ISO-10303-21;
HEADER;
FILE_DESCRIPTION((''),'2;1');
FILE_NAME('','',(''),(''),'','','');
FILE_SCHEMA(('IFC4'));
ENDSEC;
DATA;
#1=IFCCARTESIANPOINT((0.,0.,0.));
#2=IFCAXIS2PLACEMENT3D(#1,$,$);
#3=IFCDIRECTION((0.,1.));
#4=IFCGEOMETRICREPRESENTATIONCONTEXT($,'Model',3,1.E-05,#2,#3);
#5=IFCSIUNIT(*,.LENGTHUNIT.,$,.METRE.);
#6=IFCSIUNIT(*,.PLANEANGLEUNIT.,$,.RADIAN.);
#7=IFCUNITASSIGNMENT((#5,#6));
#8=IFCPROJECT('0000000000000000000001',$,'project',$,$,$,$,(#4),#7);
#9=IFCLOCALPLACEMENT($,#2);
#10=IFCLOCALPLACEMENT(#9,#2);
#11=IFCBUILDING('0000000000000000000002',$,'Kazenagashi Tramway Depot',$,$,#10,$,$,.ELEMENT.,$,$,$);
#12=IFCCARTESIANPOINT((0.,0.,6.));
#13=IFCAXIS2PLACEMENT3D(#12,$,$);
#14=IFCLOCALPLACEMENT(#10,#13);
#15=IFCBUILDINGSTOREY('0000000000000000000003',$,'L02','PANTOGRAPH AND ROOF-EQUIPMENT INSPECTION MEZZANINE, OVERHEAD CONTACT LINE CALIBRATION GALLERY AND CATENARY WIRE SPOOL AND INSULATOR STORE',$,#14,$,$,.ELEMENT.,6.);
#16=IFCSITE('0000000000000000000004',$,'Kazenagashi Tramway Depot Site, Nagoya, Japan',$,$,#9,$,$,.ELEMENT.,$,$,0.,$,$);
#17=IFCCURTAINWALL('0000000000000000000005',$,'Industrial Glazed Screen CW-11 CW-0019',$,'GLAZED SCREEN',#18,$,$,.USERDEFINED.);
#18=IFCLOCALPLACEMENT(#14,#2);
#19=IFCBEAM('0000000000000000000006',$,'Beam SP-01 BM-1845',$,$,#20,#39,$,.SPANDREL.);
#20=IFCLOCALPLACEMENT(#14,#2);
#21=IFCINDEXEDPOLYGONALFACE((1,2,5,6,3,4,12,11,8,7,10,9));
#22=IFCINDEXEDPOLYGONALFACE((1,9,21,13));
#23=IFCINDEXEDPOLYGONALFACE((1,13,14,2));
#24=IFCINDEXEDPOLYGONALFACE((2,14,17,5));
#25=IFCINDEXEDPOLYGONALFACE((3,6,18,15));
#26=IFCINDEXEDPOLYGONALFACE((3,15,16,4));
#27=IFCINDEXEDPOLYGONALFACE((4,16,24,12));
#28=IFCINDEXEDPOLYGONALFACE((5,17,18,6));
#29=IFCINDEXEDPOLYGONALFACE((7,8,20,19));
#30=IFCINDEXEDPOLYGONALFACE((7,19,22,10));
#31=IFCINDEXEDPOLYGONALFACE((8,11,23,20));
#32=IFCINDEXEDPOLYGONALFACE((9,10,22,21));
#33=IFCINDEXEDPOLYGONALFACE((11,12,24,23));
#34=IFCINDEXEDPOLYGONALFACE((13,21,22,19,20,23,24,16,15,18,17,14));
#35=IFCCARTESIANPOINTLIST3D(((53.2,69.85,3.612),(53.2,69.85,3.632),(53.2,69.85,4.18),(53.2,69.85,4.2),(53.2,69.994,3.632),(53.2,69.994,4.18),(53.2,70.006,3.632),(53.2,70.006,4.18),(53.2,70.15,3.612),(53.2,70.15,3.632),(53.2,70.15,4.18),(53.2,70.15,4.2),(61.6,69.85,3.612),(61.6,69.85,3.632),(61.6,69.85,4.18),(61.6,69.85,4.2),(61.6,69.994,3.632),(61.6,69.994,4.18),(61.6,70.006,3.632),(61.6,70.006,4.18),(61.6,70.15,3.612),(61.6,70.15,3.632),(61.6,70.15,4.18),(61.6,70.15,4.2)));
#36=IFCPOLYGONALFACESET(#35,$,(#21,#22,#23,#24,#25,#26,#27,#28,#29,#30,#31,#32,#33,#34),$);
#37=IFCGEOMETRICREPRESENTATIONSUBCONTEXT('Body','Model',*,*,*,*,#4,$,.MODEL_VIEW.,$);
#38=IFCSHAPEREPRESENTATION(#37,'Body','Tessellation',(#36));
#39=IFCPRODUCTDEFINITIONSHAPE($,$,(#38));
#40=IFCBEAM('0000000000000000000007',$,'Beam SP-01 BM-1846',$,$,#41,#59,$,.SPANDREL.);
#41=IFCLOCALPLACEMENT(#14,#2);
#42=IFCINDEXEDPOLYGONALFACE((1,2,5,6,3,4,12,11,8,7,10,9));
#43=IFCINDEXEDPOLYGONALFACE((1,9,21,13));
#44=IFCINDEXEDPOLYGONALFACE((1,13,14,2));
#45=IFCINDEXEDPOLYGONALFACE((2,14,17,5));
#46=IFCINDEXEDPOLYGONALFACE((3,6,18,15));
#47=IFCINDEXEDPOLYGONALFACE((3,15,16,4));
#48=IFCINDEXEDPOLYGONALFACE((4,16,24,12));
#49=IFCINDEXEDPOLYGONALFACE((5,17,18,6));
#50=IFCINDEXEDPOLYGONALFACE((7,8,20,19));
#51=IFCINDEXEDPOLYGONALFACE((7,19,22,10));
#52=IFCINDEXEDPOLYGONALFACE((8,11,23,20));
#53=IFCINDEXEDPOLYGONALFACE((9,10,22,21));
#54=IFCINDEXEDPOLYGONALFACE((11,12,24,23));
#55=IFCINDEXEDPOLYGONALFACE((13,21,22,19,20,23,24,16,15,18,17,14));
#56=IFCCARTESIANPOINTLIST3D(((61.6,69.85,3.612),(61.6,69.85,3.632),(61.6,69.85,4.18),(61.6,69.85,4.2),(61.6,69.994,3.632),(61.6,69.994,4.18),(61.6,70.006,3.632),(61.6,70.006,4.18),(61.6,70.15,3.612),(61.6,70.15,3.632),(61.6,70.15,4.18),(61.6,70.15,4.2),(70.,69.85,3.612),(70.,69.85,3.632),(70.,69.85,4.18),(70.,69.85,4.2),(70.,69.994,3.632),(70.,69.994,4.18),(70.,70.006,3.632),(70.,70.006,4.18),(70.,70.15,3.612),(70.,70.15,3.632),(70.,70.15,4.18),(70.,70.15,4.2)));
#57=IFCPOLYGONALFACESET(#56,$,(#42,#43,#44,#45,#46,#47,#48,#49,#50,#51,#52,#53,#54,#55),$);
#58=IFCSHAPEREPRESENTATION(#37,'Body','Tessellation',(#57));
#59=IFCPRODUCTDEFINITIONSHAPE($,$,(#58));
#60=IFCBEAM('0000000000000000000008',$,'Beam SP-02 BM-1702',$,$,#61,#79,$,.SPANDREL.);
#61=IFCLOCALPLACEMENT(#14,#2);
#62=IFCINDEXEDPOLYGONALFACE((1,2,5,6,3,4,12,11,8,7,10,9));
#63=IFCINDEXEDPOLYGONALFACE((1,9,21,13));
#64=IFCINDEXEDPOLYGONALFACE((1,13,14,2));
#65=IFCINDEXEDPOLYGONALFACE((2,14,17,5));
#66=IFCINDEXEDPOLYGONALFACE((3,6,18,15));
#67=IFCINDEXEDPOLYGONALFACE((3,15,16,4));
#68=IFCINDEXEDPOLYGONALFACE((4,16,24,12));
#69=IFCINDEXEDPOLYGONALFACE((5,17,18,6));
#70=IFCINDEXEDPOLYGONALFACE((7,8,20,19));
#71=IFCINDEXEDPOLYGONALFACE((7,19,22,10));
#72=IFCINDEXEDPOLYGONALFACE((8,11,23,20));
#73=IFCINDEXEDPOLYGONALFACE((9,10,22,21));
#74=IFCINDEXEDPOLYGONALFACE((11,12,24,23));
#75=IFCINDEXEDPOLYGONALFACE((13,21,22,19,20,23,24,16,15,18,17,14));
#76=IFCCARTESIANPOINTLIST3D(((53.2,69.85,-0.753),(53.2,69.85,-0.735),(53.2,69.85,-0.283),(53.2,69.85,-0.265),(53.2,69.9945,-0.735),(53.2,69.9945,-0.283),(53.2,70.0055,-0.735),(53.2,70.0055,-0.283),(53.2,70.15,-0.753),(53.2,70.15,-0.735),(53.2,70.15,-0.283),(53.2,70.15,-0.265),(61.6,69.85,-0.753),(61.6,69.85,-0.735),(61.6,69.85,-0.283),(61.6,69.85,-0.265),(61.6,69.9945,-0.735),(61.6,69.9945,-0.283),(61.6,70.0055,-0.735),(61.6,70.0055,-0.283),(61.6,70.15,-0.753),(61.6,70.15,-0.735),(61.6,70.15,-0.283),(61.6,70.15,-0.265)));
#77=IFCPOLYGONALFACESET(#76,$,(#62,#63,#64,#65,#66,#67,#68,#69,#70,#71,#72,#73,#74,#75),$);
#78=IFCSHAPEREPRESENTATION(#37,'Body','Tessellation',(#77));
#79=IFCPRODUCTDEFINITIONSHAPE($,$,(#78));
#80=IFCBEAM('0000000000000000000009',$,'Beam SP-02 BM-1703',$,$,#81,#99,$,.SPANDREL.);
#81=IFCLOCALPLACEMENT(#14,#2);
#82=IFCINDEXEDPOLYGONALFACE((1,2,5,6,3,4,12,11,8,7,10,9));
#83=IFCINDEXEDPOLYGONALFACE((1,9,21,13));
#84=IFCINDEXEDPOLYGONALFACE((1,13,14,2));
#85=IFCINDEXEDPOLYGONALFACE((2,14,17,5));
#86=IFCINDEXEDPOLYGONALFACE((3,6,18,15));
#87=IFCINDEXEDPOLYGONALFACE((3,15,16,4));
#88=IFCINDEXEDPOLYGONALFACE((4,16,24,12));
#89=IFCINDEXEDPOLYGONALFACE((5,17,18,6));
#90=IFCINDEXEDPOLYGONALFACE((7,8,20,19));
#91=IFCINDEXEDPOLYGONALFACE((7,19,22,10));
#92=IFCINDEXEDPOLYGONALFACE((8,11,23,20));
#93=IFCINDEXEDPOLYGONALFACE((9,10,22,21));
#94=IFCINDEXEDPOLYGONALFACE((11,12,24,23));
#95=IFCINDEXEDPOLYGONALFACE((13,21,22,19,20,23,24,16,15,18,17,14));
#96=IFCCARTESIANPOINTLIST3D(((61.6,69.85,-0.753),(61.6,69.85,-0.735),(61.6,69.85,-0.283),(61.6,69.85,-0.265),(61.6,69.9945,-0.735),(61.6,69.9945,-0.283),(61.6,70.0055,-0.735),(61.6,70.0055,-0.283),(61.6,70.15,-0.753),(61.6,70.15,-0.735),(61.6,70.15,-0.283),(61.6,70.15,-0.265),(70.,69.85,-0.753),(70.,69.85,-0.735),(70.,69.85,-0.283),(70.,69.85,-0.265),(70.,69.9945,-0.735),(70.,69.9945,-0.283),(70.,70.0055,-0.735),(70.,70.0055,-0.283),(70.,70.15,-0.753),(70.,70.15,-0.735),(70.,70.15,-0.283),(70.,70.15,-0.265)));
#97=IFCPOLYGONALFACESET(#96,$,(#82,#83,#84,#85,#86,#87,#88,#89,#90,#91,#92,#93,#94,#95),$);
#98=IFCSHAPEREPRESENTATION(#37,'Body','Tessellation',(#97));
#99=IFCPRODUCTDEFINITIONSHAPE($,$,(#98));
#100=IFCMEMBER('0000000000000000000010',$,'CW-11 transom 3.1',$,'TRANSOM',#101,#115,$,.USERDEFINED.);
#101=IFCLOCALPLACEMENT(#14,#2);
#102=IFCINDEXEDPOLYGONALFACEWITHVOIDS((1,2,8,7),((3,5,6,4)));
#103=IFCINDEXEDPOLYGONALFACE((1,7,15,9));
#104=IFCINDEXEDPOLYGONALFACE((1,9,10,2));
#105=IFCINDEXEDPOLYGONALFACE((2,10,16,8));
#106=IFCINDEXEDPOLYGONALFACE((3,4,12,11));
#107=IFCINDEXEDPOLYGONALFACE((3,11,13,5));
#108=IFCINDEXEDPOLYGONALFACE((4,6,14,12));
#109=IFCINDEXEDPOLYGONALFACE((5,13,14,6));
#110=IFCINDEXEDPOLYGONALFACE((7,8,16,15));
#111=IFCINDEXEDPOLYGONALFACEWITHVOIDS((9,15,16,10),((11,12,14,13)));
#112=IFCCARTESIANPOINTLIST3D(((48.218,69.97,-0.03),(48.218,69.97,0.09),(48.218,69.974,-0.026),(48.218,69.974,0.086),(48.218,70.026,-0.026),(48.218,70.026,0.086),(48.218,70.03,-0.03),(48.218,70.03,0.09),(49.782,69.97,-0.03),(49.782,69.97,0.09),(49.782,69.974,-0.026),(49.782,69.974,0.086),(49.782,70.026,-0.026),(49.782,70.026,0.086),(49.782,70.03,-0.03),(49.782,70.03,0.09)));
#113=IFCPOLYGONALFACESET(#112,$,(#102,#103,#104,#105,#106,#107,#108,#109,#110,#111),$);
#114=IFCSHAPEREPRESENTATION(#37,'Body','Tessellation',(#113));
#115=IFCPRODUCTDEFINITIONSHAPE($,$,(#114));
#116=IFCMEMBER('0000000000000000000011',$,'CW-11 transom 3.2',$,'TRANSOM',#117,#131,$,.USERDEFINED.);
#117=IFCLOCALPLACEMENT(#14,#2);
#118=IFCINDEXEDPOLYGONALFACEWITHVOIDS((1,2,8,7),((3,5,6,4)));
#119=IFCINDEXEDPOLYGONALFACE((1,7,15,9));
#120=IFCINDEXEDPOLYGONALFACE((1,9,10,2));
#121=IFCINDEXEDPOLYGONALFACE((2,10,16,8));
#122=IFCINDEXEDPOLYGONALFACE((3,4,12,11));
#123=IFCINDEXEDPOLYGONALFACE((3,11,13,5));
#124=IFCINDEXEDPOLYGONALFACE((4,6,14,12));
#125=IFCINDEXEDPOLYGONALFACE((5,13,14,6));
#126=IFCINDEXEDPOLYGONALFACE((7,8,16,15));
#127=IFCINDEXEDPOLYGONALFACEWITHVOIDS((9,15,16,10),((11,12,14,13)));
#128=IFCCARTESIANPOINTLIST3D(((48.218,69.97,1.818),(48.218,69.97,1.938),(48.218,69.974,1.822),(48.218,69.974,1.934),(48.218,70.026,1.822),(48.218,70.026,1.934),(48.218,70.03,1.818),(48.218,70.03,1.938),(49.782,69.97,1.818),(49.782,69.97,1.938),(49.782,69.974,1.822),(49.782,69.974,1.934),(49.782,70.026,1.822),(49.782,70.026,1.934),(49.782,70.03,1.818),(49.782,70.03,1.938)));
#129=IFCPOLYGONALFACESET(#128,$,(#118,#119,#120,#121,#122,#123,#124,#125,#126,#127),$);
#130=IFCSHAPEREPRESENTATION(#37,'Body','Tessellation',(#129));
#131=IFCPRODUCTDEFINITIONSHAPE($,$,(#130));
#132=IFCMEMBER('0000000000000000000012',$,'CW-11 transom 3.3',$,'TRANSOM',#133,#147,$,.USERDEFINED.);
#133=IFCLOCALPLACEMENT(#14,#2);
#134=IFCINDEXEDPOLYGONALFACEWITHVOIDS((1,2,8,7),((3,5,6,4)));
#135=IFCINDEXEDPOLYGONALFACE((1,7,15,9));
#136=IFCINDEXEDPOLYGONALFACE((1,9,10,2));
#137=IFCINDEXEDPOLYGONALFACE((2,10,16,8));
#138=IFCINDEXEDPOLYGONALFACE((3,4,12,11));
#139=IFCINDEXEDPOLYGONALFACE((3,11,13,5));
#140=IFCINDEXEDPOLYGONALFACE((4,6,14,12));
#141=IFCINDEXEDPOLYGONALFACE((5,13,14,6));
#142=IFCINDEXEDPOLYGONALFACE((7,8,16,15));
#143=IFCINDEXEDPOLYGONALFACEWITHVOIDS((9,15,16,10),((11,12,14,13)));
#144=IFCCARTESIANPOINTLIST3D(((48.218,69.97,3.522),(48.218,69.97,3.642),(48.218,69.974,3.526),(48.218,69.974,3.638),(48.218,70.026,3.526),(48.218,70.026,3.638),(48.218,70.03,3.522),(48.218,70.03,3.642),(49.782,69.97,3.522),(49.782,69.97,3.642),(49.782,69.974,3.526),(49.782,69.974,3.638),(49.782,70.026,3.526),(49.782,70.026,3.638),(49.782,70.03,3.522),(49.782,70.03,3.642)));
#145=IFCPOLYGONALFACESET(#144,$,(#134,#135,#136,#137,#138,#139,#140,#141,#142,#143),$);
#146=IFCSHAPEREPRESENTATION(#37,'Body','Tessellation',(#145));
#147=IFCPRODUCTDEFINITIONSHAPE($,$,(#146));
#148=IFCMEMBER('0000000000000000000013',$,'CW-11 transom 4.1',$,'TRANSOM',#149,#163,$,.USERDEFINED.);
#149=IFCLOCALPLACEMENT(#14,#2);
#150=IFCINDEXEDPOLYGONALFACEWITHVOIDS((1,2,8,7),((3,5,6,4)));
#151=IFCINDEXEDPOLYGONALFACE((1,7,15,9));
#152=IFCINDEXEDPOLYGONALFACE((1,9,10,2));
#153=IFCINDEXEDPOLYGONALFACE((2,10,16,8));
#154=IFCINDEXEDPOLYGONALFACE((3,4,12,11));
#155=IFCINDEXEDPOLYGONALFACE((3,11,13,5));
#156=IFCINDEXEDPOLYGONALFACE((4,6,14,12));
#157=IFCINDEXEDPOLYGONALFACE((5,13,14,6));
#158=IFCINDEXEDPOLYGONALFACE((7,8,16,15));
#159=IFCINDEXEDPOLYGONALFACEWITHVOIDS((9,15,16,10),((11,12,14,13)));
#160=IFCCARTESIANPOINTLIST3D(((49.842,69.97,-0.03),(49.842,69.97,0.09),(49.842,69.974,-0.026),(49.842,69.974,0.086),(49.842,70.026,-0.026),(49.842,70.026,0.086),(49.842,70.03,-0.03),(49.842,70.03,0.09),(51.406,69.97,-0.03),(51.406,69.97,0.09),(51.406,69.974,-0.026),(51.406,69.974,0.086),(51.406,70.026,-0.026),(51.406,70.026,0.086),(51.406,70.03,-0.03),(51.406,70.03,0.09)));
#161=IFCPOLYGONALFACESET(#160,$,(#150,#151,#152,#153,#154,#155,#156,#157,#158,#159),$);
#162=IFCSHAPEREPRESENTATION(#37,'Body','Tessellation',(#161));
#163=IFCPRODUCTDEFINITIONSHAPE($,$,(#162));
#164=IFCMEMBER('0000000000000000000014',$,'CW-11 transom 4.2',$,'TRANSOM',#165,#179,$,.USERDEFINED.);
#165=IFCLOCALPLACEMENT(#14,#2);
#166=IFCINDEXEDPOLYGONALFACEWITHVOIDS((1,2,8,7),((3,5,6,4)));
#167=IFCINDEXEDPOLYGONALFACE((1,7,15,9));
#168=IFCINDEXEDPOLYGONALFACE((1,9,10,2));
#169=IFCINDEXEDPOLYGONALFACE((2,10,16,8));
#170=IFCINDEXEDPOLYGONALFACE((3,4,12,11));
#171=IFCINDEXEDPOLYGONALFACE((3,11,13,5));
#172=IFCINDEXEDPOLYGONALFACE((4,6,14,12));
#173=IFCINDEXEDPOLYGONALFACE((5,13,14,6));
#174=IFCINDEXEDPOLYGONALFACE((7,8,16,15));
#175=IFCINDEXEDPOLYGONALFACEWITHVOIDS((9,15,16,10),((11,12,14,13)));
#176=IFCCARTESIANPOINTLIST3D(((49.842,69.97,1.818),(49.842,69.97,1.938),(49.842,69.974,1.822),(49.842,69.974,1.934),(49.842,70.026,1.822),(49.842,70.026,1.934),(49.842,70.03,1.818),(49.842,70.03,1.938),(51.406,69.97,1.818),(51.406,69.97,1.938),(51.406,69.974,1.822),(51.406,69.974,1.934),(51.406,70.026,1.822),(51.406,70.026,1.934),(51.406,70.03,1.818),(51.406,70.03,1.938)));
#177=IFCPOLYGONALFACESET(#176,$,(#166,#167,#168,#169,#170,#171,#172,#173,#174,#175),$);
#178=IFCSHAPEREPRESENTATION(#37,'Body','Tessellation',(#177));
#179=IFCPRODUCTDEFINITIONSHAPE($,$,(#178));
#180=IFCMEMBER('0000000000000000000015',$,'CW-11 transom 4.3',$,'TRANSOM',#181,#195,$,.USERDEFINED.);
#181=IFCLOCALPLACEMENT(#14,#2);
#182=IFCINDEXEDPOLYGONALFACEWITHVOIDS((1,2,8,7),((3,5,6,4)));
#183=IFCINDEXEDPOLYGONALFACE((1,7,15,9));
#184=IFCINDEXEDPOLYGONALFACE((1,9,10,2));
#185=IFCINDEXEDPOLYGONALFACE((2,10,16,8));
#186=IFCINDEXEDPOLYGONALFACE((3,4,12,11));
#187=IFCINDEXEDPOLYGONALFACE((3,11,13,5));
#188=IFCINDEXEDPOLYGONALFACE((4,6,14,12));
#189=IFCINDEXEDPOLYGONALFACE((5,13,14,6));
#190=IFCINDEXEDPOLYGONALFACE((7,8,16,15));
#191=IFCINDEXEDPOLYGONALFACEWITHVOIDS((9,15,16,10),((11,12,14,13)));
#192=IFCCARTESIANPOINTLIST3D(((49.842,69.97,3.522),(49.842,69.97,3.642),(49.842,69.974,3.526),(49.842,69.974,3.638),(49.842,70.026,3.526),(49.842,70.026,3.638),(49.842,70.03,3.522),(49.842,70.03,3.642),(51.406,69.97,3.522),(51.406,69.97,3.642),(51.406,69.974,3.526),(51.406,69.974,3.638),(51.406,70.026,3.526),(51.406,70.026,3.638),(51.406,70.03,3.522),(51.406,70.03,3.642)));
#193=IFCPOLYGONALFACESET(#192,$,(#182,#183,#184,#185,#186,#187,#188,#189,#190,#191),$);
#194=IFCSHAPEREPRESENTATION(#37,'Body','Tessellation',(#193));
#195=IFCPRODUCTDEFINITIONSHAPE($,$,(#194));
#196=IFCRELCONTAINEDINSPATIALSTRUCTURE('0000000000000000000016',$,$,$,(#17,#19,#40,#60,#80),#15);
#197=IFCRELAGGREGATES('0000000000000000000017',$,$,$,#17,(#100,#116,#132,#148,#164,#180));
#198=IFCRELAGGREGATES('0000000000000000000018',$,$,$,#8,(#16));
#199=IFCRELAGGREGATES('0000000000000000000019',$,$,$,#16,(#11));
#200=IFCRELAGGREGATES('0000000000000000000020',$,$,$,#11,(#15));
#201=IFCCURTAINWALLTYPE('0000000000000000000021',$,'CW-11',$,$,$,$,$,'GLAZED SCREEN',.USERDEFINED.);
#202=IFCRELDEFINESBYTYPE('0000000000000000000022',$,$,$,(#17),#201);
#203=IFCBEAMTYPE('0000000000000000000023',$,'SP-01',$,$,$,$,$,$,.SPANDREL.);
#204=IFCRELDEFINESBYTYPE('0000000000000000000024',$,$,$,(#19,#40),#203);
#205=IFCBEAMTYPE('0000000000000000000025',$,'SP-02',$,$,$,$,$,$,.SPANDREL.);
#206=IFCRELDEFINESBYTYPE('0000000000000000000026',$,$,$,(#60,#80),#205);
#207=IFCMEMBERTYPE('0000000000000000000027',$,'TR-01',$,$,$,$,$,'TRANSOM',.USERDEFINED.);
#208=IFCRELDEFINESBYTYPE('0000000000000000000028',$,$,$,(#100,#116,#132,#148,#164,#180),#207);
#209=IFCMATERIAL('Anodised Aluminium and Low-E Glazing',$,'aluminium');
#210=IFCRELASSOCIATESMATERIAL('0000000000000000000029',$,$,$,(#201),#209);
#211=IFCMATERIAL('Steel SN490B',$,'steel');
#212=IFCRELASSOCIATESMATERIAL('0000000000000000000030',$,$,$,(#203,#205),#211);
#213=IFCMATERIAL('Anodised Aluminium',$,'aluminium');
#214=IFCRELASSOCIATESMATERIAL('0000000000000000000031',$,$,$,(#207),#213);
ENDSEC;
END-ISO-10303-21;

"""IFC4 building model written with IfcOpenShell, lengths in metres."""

from ifc_helpers import new_model, si_unit, direction, frame, origin, origin_2d, place, context, subcontext, project, spatial, hollow_rectangle, i_section, extrude, material, material_profile, profile_set, type_object, element, aggregate, save


model = new_model("IFC4")

# Units and contexts
model_context = context("Model", 3, precision=1e-05, world=origin(), true_north=direction((0.0, 1.0)))
body_context = subcontext(model_context, "Body", "Model", "MODEL_VIEW")
ifc_project = project(units=[si_unit("LENGTHUNIT", "METRE"), si_unit("PLANEANGLEUNIT", "RADIAN")], contexts=[model_context])

# Site, building, storey
site_placement = place(None, origin())
site = spatial("IfcSite", under=ifc_project, at=site_placement, Name="Kazenagashi Tramway Depot Site, Nagoya, Japan", CompositionType="ELEMENT", RefElevation=0.0)
building_placement = place(site_placement, origin())
building = spatial("IfcBuilding", under=site, at=building_placement, Name="Kazenagashi Tramway Depot", CompositionType="ELEMENT")
storey_placement = place(building_placement, frame((0.0, 0.0, 6.0)))
storey = spatial("IfcBuildingStorey", under=building, at=storey_placement, Name="L02", Description="PANTOGRAPH AND ROOF-EQUIPMENT INSPECTION MEZZANINE, OVERHEAD CONTACT LINE CALIBRATION GALLERY AND CATENARY WIRE SPOOL AND INSULATOR STORE", CompositionType="ELEMENT", Elevation=6.0)

# Shared definitions
ifc_material_1 = material(Name="Steel SN490B", Category="steel")

# Curtain wall
ifc_material_2 = material(Name="Anodised Aluminium and Low-E Glazing", Category="aluminium")
curtain_wall_type = type_object("IfcCurtainWallType", Name="CW-11", ElementType="GLAZED SCREEN", PredefinedType="USERDEFINED", material=ifc_material_2)
curtain_wall_1_placement = place(storey_placement, origin())
curtain_wall_1 = element("IfcCurtainWall", 1, at=curtain_wall_1_placement, inside=storey, type_object=curtain_wall_type, Name="Industrial Glazed Screen CW-11 CW-0019", ObjectType="GLAZED SCREEN", PredefinedType="USERDEFINED")
ifc_material_3 = material(Name="Anodised Aluminium", Category="aluminium")

# Beams
ifc_material_profile_1 = material_profile(ifc_material_1, i_section(OverallWidth=0.3, OverallDepth=0.588, WebThickness=0.012, FlangeThickness=0.02, at=origin_2d()), Name="H-588x300x12x20")
ifc_profile_set_1 = profile_set([ifc_material_profile_1], Name="Steel SN490B")
beam_type_1 = type_object("IfcBeamType", Name="SP-01", PredefinedType="SPANDREL", material=ifc_profile_set_1)
for number, where, z_axis, x_axis, name in (
    (2, (53.2, 70.0, 3.906), (1.0, 0.0, 0.0), (0.0, 1.0, 0.0), "Beam SP-01 BM-1845"),
    (3, (61.6, 70.0, 3.906), (1.0, 0.0, 0.0), (0.0, 1.0, 0.0), "Beam SP-01 BM-1846"),
):
    element("IfcBeam", number, at=place(storey_placement, frame(where, z_axis=z_axis, x_axis=x_axis)), inside=storey, type_object=beam_type_1, Name=name, PredefinedType="SPANDREL", context=body_context, shape_type="SweptSolid", body=[
        extrude(i_section(OverallWidth=0.3, OverallDepth=0.588, WebThickness=0.012, FlangeThickness=0.02, at=origin_2d()), origin(), (0.0, 0.0, 1.0), 8.4),
    ])
ifc_material_profile_2 = material_profile(ifc_material_1, i_section(OverallWidth=0.3, OverallDepth=0.488, WebThickness=0.011, FlangeThickness=0.018, at=origin_2d()), Name="H-488x300x11x18")
ifc_profile_set_2 = profile_set([ifc_material_profile_2], Name="Steel SN490B")
beam_type_2 = type_object("IfcBeamType", Name="SP-02", PredefinedType="SPANDREL", material=ifc_profile_set_2)
for number, where, z_axis, x_axis, name in (
    (4, (53.2, 70.0, -0.509), (1.0, 0.0, 0.0), (0.0, 1.0, 0.0), "Beam SP-02 BM-1702"),
    (5, (61.6, 70.0, -0.509), (1.0, 0.0, 0.0), (0.0, 1.0, 0.0), "Beam SP-02 BM-1703"),
):
    element("IfcBeam", number, at=place(storey_placement, frame(where, z_axis=z_axis, x_axis=x_axis)), inside=storey, type_object=beam_type_2, Name=name, PredefinedType="SPANDREL", context=body_context, shape_type="SweptSolid", body=[
        extrude(i_section(OverallWidth=0.3, OverallDepth=0.488, WebThickness=0.011, FlangeThickness=0.018, at=origin_2d()), origin(), (0.0, 0.0, 1.0), 8.4),
    ])

# Members
ifc_material_profile_3 = material_profile(ifc_material_3, hollow_rectangle(XDim=0.06, YDim=0.12, WallThickness=0.004, at=origin_2d()), Name="RHS-120x60x4")
ifc_profile_set_3 = profile_set([ifc_material_profile_3], Name="Anodised Aluminium")
member_type_1 = type_object("IfcMemberType", Name="TR-01", ElementType="TRANSOM", PredefinedType="USERDEFINED", material=ifc_profile_set_3)
member_1_placement = place(storey_placement, frame((48.218, 70.0, 0.03), z_axis=(1.0, 0.0, 0.0), x_axis=(0.0, 1.0, 0.0)))
member_1 = element("IfcMember", 6, at=member_1_placement, type_object=member_type_1, Name="CW-11 transom 3.1", ObjectType="TRANSOM", PredefinedType="USERDEFINED", context=body_context, shape_type="SweptSolid", body=[
    extrude(hollow_rectangle(XDim=0.06, YDim=0.12, WallThickness=0.004, at=origin_2d()), origin(), (0.0, 0.0, 1.0), 1.564),
])
member_2_placement = place(storey_placement, frame((48.218, 70.0, 1.878), z_axis=(1.0, 0.0, 0.0), x_axis=(0.0, 1.0, 0.0)))
member_2 = element("IfcMember", 7, at=member_2_placement, type_object=member_type_1, Name="CW-11 transom 3.2", ObjectType="TRANSOM", PredefinedType="USERDEFINED", context=body_context, shape_type="SweptSolid", body=[
    extrude(hollow_rectangle(XDim=0.06, YDim=0.12, WallThickness=0.004, at=origin_2d()), origin(), (0.0, 0.0, 1.0), 1.564),
])
member_3_placement = place(storey_placement, frame((48.218, 70.0, 3.582), z_axis=(1.0, 0.0, 0.0), x_axis=(0.0, 1.0, 0.0)))
member_3 = element("IfcMember", 8, at=member_3_placement, type_object=member_type_1, Name="CW-11 transom 3.3", ObjectType="TRANSOM", PredefinedType="USERDEFINED", context=body_context, shape_type="SweptSolid", body=[
    extrude(hollow_rectangle(XDim=0.06, YDim=0.12, WallThickness=0.004, at=origin_2d()), origin(), (0.0, 0.0, 1.0), 1.564),
])
member_4_placement = place(storey_placement, frame((49.842, 70.0, 0.03), z_axis=(1.0, 0.0, 0.0), x_axis=(0.0, 1.0, 0.0)))
member_4 = element("IfcMember", 9, at=member_4_placement, type_object=member_type_1, Name="CW-11 transom 4.1", ObjectType="TRANSOM", PredefinedType="USERDEFINED", context=body_context, shape_type="SweptSolid", body=[
    extrude(hollow_rectangle(XDim=0.06, YDim=0.12, WallThickness=0.004, at=origin_2d()), origin(), (0.0, 0.0, 1.0), 1.564),
])
member_5_placement = place(storey_placement, frame((49.842, 70.0, 1.878), z_axis=(1.0, 0.0, 0.0), x_axis=(0.0, 1.0, 0.0)))
member_5 = element("IfcMember", 10, at=member_5_placement, type_object=member_type_1, Name="CW-11 transom 4.2", ObjectType="TRANSOM", PredefinedType="USERDEFINED", context=body_context, shape_type="SweptSolid", body=[
    extrude(hollow_rectangle(XDim=0.06, YDim=0.12, WallThickness=0.004, at=origin_2d()), origin(), (0.0, 0.0, 1.0), 1.564),
])
member_6_placement = place(storey_placement, frame((49.842, 70.0, 3.582), z_axis=(1.0, 0.0, 0.0), x_axis=(0.0, 1.0, 0.0)))
member_6 = element("IfcMember", 11, at=member_6_placement, type_object=member_type_1, Name="CW-11 transom 4.3", ObjectType="TRANSOM", PredefinedType="USERDEFINED", context=body_context, shape_type="SweptSolid", body=[
    extrude(hollow_rectangle(XDim=0.06, YDim=0.12, WallThickness=0.004, at=origin_2d()), origin(), (0.0, 0.0, 1.0), 1.564),
])

aggregate(curtain_wall_1, [member_1, member_2, member_3, member_4, member_5, member_6])

save(model, "model.ifc")
